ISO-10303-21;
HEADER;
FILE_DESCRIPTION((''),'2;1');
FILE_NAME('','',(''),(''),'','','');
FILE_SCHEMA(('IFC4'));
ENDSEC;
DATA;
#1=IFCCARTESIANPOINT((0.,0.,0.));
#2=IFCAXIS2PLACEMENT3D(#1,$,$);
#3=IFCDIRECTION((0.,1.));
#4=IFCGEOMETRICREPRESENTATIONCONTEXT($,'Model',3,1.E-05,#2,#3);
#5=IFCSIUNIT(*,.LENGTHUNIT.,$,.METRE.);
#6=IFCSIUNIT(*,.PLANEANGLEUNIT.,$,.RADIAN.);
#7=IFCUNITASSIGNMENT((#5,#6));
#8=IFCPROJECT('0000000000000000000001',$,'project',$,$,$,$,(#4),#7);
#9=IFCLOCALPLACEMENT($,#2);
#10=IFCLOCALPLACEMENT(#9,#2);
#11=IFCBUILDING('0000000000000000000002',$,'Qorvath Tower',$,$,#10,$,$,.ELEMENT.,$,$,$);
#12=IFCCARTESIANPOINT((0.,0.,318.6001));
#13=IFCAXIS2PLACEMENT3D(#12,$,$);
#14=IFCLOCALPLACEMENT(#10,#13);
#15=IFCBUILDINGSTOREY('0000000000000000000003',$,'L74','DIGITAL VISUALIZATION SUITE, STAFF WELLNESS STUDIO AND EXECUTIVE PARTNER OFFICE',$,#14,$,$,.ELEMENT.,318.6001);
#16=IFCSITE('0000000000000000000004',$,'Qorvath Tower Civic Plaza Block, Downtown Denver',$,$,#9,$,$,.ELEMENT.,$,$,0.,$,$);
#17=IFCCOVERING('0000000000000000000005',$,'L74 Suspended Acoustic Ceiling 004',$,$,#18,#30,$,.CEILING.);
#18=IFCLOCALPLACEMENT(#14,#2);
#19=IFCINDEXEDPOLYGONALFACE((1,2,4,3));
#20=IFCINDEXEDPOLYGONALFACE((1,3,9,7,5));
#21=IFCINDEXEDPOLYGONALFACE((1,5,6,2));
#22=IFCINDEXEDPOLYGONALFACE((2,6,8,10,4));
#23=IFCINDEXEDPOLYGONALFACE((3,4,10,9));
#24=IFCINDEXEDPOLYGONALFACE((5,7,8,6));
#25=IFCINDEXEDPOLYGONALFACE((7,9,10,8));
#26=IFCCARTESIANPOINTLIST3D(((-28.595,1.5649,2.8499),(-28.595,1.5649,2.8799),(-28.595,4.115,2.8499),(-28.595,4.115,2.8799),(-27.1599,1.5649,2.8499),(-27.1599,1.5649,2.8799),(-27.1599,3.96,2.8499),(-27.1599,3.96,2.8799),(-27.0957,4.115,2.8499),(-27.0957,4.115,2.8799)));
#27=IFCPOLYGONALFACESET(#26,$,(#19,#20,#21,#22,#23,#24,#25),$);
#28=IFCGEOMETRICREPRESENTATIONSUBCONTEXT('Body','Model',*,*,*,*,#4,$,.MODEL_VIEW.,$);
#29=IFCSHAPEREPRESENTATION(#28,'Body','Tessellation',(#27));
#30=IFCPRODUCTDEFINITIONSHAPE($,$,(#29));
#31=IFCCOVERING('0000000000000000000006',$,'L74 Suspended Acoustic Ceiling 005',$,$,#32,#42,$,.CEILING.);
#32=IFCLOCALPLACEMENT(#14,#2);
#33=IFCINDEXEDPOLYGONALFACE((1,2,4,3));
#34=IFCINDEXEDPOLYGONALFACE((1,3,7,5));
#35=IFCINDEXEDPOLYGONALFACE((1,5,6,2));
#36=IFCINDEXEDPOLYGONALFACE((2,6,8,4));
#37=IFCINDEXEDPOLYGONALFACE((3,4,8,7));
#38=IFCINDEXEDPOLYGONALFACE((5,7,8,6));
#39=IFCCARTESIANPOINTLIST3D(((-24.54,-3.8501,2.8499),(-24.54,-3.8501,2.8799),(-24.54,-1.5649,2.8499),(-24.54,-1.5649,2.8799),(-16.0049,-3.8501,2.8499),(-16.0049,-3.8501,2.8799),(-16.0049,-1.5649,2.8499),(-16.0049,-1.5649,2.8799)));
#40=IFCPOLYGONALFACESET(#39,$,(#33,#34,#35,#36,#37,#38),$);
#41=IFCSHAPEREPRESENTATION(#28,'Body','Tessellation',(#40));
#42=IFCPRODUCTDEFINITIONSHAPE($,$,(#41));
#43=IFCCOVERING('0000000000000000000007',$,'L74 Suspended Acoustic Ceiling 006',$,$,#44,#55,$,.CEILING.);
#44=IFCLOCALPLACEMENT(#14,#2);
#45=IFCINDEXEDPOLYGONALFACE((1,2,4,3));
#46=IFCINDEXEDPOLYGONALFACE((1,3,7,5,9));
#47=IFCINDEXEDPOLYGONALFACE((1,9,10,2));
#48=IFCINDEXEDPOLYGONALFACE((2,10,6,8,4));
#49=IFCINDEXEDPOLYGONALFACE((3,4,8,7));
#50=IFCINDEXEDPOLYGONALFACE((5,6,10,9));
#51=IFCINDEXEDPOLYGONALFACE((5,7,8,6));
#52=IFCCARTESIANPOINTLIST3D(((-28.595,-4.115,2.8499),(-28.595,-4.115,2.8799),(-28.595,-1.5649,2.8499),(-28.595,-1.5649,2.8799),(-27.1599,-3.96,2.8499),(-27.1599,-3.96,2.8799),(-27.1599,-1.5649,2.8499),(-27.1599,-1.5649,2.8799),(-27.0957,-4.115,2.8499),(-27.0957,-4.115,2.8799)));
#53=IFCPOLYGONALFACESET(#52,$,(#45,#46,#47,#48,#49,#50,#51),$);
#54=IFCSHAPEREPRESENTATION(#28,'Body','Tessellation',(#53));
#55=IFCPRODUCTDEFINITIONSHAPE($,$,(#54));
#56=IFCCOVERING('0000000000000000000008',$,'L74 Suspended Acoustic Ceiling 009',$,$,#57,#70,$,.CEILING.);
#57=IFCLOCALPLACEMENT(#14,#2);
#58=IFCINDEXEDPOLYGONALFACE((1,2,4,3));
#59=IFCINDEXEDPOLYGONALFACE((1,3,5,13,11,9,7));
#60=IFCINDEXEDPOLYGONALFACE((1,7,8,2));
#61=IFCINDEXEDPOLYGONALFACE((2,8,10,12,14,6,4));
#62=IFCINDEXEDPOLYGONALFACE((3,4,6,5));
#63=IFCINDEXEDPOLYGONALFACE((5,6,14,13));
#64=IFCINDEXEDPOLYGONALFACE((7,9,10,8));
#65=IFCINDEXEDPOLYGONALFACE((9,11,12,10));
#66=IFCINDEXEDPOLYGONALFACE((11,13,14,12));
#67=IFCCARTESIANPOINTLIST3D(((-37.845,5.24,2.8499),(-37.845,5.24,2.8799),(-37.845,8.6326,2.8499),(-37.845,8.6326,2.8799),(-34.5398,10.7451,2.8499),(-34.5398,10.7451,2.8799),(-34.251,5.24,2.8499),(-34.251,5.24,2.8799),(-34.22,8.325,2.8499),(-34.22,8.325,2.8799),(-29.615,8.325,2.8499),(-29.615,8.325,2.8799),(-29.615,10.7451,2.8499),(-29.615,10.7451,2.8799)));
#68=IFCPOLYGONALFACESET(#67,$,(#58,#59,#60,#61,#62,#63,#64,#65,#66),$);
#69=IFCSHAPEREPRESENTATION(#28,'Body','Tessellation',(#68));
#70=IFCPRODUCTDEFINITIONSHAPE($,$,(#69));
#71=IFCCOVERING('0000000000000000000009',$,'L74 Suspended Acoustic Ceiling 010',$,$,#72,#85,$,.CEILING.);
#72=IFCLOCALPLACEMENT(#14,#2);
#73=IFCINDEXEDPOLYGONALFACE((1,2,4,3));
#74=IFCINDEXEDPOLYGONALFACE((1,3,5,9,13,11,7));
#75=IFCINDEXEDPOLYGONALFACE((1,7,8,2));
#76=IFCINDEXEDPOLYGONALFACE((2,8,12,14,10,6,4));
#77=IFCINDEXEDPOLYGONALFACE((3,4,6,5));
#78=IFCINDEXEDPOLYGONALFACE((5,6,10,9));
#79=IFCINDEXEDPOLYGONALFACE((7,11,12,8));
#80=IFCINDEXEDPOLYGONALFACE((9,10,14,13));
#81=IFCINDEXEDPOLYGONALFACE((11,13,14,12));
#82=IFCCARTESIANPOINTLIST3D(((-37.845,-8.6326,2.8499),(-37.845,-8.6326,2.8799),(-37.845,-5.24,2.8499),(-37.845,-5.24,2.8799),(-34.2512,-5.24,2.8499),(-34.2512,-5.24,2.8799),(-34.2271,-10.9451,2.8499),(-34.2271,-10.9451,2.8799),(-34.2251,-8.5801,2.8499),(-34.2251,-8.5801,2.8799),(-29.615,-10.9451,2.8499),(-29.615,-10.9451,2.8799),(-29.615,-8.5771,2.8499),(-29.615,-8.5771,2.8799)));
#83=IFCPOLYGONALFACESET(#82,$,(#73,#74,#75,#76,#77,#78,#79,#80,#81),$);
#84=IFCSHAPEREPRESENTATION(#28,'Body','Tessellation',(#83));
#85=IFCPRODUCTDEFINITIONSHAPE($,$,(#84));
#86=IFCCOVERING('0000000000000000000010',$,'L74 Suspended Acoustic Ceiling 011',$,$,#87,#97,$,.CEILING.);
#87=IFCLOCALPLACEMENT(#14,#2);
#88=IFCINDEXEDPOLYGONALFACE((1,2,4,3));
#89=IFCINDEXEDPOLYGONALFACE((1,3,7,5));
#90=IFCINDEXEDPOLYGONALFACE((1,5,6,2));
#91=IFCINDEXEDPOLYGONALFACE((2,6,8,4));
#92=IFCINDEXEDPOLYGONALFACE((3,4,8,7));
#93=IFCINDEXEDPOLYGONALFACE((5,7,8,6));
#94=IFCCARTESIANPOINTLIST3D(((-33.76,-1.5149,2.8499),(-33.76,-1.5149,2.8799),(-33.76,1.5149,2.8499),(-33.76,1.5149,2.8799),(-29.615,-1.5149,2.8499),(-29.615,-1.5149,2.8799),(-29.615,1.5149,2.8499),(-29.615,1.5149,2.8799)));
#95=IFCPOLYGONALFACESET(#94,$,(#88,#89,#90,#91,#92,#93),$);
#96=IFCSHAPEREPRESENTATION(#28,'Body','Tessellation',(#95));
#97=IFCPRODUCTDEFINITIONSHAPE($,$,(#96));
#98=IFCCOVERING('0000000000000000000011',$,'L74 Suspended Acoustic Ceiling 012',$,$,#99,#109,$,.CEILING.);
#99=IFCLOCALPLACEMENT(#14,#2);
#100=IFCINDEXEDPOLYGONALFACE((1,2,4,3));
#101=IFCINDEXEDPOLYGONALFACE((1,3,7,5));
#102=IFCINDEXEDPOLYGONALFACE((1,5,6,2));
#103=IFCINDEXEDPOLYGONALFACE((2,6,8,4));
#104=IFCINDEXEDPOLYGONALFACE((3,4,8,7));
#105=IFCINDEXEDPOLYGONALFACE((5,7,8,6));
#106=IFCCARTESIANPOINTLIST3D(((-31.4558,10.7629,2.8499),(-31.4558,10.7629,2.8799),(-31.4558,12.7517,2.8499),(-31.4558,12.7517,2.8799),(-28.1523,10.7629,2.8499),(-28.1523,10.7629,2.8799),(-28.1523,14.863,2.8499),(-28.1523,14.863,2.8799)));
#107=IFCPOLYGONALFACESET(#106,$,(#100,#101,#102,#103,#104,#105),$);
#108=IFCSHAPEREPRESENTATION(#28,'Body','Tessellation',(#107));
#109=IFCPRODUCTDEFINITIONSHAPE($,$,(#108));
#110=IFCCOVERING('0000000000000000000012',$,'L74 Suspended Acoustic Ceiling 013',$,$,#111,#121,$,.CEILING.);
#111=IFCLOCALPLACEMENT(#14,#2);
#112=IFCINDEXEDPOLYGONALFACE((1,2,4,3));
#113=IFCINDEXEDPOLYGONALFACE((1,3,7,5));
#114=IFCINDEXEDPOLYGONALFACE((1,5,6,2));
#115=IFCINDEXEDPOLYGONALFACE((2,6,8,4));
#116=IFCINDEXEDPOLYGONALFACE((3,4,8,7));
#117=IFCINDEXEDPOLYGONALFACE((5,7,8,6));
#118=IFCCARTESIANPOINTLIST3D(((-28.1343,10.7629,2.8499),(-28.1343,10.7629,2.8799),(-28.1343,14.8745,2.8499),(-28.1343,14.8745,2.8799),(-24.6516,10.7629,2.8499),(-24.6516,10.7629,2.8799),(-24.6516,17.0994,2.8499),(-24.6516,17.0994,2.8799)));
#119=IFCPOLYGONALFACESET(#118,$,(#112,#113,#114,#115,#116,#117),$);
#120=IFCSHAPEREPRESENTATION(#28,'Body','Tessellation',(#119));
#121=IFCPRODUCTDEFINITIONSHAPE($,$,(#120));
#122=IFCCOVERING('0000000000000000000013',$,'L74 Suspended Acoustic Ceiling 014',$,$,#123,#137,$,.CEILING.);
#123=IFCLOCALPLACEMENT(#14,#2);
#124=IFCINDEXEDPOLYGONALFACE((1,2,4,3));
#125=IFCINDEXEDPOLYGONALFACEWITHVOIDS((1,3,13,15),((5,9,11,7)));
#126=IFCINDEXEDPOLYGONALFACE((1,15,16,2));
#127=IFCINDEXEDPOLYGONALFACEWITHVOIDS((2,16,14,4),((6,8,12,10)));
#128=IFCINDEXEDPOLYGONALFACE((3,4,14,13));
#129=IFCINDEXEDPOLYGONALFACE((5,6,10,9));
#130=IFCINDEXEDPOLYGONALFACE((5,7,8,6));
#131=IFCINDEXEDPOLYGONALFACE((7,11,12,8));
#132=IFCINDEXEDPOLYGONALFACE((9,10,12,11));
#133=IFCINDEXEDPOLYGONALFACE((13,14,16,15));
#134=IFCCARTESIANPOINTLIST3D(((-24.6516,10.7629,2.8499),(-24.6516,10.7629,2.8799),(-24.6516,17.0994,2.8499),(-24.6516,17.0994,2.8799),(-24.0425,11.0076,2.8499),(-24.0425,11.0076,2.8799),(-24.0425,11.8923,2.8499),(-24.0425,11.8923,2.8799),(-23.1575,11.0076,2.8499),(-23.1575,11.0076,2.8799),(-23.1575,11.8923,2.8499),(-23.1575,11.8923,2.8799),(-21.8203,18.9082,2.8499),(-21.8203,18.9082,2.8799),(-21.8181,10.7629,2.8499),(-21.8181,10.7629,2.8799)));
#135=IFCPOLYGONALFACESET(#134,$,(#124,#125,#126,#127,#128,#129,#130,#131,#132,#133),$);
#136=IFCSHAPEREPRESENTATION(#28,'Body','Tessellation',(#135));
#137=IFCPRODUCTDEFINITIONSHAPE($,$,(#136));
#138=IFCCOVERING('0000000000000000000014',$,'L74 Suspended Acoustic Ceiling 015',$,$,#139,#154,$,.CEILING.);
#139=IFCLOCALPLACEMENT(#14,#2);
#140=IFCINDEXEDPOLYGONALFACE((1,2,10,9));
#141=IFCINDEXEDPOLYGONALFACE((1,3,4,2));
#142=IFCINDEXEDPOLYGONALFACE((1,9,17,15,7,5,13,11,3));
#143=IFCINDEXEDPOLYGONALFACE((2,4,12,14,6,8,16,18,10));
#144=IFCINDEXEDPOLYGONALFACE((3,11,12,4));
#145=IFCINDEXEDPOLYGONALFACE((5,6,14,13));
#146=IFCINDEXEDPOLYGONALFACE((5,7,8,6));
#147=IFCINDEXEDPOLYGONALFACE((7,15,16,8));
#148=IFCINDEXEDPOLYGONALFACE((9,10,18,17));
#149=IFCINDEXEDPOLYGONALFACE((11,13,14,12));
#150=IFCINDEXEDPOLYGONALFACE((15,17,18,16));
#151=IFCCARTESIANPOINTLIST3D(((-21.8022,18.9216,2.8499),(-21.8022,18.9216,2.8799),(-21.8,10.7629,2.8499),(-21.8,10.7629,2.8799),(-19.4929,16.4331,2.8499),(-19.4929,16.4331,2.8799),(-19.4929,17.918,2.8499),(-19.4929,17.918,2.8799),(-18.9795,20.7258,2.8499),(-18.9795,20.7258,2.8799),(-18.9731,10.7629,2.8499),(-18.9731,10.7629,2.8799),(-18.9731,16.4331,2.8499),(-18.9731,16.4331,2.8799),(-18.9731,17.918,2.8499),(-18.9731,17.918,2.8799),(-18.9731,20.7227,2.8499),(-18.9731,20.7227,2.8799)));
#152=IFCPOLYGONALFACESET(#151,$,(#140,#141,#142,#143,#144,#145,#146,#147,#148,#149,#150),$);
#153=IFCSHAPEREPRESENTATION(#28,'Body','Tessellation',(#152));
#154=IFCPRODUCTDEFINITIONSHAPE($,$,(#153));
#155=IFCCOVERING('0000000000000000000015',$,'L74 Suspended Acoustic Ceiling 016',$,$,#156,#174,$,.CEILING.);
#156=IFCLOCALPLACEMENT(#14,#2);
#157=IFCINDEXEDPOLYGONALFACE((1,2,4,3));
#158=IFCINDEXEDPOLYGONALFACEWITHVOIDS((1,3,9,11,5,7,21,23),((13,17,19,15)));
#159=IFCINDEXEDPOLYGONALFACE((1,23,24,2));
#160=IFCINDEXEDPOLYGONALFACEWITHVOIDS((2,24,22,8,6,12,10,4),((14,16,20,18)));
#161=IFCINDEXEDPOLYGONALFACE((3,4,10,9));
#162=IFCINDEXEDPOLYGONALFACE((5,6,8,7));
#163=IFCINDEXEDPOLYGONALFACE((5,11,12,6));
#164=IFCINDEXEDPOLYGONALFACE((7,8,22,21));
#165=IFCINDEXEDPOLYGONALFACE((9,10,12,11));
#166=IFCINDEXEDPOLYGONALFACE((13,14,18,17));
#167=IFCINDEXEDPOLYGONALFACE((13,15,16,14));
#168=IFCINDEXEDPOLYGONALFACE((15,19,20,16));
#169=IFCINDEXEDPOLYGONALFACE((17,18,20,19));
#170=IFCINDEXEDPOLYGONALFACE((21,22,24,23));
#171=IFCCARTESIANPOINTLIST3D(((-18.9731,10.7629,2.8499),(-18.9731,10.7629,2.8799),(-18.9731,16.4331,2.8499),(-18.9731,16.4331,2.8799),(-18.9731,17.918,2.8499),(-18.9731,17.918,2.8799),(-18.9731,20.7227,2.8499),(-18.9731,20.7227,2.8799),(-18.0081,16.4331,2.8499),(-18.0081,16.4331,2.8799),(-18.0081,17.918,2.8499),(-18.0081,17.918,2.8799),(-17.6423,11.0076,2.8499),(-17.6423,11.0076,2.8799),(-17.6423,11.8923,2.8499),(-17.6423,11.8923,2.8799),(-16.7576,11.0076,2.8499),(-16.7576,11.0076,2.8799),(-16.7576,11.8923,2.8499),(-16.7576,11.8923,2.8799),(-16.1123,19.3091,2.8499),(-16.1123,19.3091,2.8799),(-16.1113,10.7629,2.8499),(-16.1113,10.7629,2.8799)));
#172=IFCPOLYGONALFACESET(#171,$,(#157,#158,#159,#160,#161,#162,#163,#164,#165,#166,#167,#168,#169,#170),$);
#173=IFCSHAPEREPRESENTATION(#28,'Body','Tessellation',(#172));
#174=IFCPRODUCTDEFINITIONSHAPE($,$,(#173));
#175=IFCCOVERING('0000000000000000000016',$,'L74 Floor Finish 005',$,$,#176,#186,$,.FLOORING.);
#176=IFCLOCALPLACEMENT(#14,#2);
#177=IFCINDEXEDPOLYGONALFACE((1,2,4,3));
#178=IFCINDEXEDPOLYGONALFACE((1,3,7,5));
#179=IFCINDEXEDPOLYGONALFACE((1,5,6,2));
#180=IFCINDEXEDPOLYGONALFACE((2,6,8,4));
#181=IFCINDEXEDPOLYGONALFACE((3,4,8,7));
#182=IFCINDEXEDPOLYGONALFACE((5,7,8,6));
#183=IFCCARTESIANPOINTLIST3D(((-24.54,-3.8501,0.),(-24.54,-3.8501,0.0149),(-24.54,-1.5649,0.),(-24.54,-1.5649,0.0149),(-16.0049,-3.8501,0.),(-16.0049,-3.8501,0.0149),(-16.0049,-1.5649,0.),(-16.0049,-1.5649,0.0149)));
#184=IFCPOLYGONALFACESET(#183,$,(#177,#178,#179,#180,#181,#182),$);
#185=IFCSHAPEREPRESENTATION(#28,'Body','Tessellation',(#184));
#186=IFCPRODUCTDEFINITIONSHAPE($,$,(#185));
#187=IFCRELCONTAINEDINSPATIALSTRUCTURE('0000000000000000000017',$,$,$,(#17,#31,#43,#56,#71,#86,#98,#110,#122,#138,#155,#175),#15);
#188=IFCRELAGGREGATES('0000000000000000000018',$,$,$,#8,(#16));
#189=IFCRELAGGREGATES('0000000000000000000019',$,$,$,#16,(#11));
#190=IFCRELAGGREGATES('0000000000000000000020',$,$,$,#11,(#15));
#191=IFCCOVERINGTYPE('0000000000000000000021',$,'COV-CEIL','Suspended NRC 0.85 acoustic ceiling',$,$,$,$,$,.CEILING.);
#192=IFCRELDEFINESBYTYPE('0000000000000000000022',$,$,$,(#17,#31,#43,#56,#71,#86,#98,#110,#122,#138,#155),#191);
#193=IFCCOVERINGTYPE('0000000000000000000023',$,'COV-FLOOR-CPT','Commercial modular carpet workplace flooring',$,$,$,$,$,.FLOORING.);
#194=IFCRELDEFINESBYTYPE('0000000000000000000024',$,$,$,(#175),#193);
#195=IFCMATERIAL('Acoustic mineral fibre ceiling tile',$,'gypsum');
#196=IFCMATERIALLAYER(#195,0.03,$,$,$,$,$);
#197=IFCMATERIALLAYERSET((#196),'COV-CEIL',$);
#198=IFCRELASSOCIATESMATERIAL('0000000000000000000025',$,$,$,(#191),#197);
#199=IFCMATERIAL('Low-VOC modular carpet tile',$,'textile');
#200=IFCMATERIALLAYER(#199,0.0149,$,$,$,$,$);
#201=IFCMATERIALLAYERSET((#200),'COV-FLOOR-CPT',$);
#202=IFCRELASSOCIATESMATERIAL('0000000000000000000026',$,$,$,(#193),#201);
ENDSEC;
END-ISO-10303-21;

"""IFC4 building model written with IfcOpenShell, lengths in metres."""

from ifc_helpers import new_model, si_unit, direction, frame, origin, place, context, subcontext, project, spatial, polyline, outline, extrude, material, layer, layer_set, type_object, element, save


model = new_model("IFC4")

# Units and contexts
model_context = context("Model", 3, precision=1e-05, world=origin(), true_north=direction((0.0, 1.0)))
body_context = subcontext(model_context, "Body", "Model", "MODEL_VIEW")
ifc_project = project(units=[si_unit("LENGTHUNIT", "METRE"), si_unit("PLANEANGLEUNIT", "RADIAN")], contexts=[model_context])

# Site, building, storey
site_placement = place(None, origin())
site = spatial("IfcSite", under=ifc_project, at=site_placement, Name="Qorvath Tower Civic Plaza Block, Downtown Denver", CompositionType="ELEMENT", RefElevation=0.0)
building_placement = place(site_placement, origin())
building = spatial("IfcBuilding", under=site, at=building_placement, Name="Qorvath Tower", CompositionType="ELEMENT")
storey_placement = place(building_placement, frame((0.0, 0.0, 318.6001)))
storey = spatial("IfcBuildingStorey", under=building, at=storey_placement, Name="L74", Description="DIGITAL VISUALIZATION SUITE, STAFF WELLNESS STUDIO AND EXECUTIVE PARTNER OFFICE", CompositionType="ELEMENT", Elevation=318.6001)

# Coverings
ifc_material_1 = material(Name="Acoustic mineral fibre ceiling tile", Category="gypsum")
ifc_layer_1 = layer(ifc_material_1, 0.03)
ifc_layer_set_1 = layer_set([ifc_layer_1], Name="COV-CEIL")
covering_type_1 = type_object("IfcCoveringType", Name="COV-CEIL", Description="Suspended NRC 0.85 acoustic ceiling", PredefinedType="CEILING", material=ifc_layer_set_1)
covering_1_placement = place(storey_placement, frame((0.0, 0.0, 2.8499)))
element("IfcCovering", 1, at=covering_1_placement, inside=storey, type_object=covering_type_1, Name="L74 Suspended Acoustic Ceiling 004", PredefinedType="CEILING", context=body_context, shape_type="SweptSolid", body=[
    extrude(outline(polyline([(-27.1599, 1.5649), (-27.1599, 3.96), (-27.0957, 4.115), (-28.595, 4.115), (-28.595, 1.5649), (-27.1599, 1.5649)])), origin(), (0.0, 0.0, 1.0), 0.03),
])
covering_2_placement = place(storey_placement, frame((0.0, 0.0, 2.8499)))
element("IfcCovering", 2, at=covering_2_placement, inside=storey, type_object=covering_type_1, Name="L74 Suspended Acoustic Ceiling 005", PredefinedType="CEILING", context=body_context, shape_type="SweptSolid", body=[
    extrude(outline(polyline([(-24.54, -1.5649), (-24.54, -3.8501), (-16.0049, -3.8501), (-16.0049, -1.5649), (-24.54, -1.5649)])), origin(), (0.0, 0.0, 1.0), 0.03),
])
covering_3_placement = place(storey_placement, frame((0.0, 0.0, 2.8499)))
element("IfcCovering", 3, at=covering_3_placement, inside=storey, type_object=covering_type_1, Name="L74 Suspended Acoustic Ceiling 006", PredefinedType="CEILING", context=body_context, shape_type="SweptSolid", body=[
    extrude(outline(polyline([(-27.0957, -4.115), (-27.1599, -3.96), (-27.1599, -1.5649), (-28.595, -1.5649), (-28.595, -4.115), (-27.0957, -4.115)])), origin(), (0.0, 0.0, 1.0), 0.03),
])
covering_4_placement = place(storey_placement, frame((0.0, 0.0, 2.8499)))
element("IfcCovering", 4, at=covering_4_placement, inside=storey, type_object=covering_type_1, Name="L74 Suspended Acoustic Ceiling 009", PredefinedType="CEILING", context=body_context, shape_type="SweptSolid", body=[
    extrude(outline(polyline([(-29.615, 8.325), (-29.615, 10.7451), (-34.5398, 10.7451), (-37.845, 8.6326), (-37.845, 5.24), (-34.251, 5.24), (-34.22, 8.325), (-29.615, 8.325)])), origin(), (0.0, 0.0, 1.0), 0.03),
])
covering_5_placement = place(storey_placement, frame((0.0, 0.0, 2.8499)))
element("IfcCovering", 5, at=covering_5_placement, inside=storey, type_object=covering_type_1, Name="L74 Suspended Acoustic Ceiling 010", PredefinedType="CEILING", context=body_context, shape_type="SweptSolid", body=[
    extrude(outline(polyline([(-34.2251, -8.5801), (-34.2512, -5.24), (-37.845, -5.24), (-37.845, -8.6326), (-34.2271, -10.9451), (-29.615, -10.9451), (-29.615, -8.5771), (-34.2251, -8.5801)])), origin(), (0.0, 0.0, 1.0), 0.03),
])
covering_6_placement = place(storey_placement, frame((0.0, 0.0, 2.8499)))
element("IfcCovering", 6, at=covering_6_placement, inside=storey, type_object=covering_type_1, Name="L74 Suspended Acoustic Ceiling 011", PredefinedType="CEILING", context=body_context, shape_type="SweptSolid", body=[
    extrude(outline(polyline([(-29.615, -1.5149), (-29.615, 1.5149), (-33.76, 1.5149), (-33.76, -1.5149), (-29.615, -1.5149)])), origin(), (0.0, 0.0, 1.0), 0.03),
])
covering_7_placement = place(storey_placement, frame((0.0, 0.0, 2.8499)))
element("IfcCovering", 7, at=covering_7_placement, inside=storey, type_object=covering_type_1, Name="L74 Suspended Acoustic Ceiling 012", PredefinedType="CEILING", context=body_context, shape_type="SweptSolid", body=[
    extrude(outline(polyline([(-28.1523, 14.863), (-31.4558, 12.7517), (-31.4558, 10.7629), (-28.1523, 10.7629), (-28.1523, 14.863)])), origin(), (0.0, 0.0, 1.0), 0.03),
])
covering_8_placement = place(storey_placement, frame((0.0, 0.0, 2.8499)))
element("IfcCovering", 8, at=covering_8_placement, inside=storey, type_object=covering_type_1, Name="L74 Suspended Acoustic Ceiling 013", PredefinedType="CEILING", context=body_context, shape_type="SweptSolid", body=[
    extrude(outline(polyline([(-24.6516, 10.7629), (-24.6516, 17.0994), (-28.1343, 14.8745), (-28.1343, 10.7629), (-24.6516, 10.7629)])), origin(), (0.0, 0.0, 1.0), 0.03),
])
covering_9_placement = place(storey_placement, frame((0.0, 0.0, 2.8499)))
element("IfcCovering", 9, at=covering_9_placement, inside=storey, type_object=covering_type_1, Name="L74 Suspended Acoustic Ceiling 014", PredefinedType="CEILING", context=body_context, shape_type="SweptSolid", body=[
    extrude(outline(polyline([(-21.8181, 10.7629), (-21.8203, 18.9082), (-24.6516, 17.0994), (-24.6516, 10.7629), (-21.8181, 10.7629)]), holes=[polyline([(-24.0425, 11.0076), (-24.0425, 11.8923), (-23.1575, 11.8923), (-23.1575, 11.0076), (-24.0425, 11.0076)])]), origin(), (0.0, 0.0, 1.0), 0.03),
])
covering_10_placement = place(storey_placement, frame((0.0, 0.0, 2.8499)))
element("IfcCovering", 10, at=covering_10_placement, inside=storey, type_object=covering_type_1, Name="L74 Suspended Acoustic Ceiling 015", PredefinedType="CEILING", context=body_context, shape_type="SweptSolid", body=[
    extrude(outline(polyline([(-18.9731, 10.7629), (-18.9731, 16.4331), (-19.4929, 16.4331), (-19.4929, 17.918), (-18.9731, 17.918), (-18.9731, 20.7227), (-18.9795, 20.7258), (-21.8022, 18.9216), (-21.8, 10.7629), (-18.9731, 10.7629)])), origin(), (0.0, 0.0, 1.0), 0.03),
])
covering_11_placement = place(storey_placement, frame((0.0, 0.0, 2.8499)))
element("IfcCovering", 11, at=covering_11_placement, inside=storey, type_object=covering_type_1, Name="L74 Suspended Acoustic Ceiling 016", PredefinedType="CEILING", context=body_context, shape_type="SweptSolid", body=[
    extrude(outline(polyline([(-16.1113, 10.7629), (-16.1123, 19.3091), (-18.9731, 20.7227), (-18.9731, 17.918), (-18.0081, 17.918), (-18.0081, 16.4331), (-18.9731, 16.4331), (-18.9731, 10.7629), (-16.1113, 10.7629)]), holes=[polyline([(-17.6423, 11.0076), (-17.6423, 11.8923), (-16.7576, 11.8923), (-16.7576, 11.0076), (-17.6423, 11.0076)])]), origin(), (0.0, 0.0, 1.0), 0.03),
])
ifc_material_2 = material(Name="Low-VOC modular carpet tile", Category="textile")
ifc_layer_2 = layer(ifc_material_2, 0.0149)
ifc_layer_set_2 = layer_set([ifc_layer_2], Name="COV-FLOOR-CPT")
covering_type_2 = type_object("IfcCoveringType", Name="COV-FLOOR-CPT", Description="Commercial modular carpet workplace flooring", PredefinedType="FLOORING", material=ifc_layer_set_2)
covering_12_placement = place(storey_placement, origin())
element("IfcCovering", 12, at=covering_12_placement, inside=storey, type_object=covering_type_2, Name="L74 Floor Finish 005", PredefinedType="FLOORING", context=body_context, shape_type="SweptSolid", body=[
    extrude(outline(polyline([(-24.54, -1.5649), (-24.54, -3.8501), (-16.0049, -3.8501), (-16.0049, -1.5649), (-24.54, -1.5649)])), origin(), (0.0, 0.0, 1.0), 0.0149),
])

save(model, "model.ifc")
